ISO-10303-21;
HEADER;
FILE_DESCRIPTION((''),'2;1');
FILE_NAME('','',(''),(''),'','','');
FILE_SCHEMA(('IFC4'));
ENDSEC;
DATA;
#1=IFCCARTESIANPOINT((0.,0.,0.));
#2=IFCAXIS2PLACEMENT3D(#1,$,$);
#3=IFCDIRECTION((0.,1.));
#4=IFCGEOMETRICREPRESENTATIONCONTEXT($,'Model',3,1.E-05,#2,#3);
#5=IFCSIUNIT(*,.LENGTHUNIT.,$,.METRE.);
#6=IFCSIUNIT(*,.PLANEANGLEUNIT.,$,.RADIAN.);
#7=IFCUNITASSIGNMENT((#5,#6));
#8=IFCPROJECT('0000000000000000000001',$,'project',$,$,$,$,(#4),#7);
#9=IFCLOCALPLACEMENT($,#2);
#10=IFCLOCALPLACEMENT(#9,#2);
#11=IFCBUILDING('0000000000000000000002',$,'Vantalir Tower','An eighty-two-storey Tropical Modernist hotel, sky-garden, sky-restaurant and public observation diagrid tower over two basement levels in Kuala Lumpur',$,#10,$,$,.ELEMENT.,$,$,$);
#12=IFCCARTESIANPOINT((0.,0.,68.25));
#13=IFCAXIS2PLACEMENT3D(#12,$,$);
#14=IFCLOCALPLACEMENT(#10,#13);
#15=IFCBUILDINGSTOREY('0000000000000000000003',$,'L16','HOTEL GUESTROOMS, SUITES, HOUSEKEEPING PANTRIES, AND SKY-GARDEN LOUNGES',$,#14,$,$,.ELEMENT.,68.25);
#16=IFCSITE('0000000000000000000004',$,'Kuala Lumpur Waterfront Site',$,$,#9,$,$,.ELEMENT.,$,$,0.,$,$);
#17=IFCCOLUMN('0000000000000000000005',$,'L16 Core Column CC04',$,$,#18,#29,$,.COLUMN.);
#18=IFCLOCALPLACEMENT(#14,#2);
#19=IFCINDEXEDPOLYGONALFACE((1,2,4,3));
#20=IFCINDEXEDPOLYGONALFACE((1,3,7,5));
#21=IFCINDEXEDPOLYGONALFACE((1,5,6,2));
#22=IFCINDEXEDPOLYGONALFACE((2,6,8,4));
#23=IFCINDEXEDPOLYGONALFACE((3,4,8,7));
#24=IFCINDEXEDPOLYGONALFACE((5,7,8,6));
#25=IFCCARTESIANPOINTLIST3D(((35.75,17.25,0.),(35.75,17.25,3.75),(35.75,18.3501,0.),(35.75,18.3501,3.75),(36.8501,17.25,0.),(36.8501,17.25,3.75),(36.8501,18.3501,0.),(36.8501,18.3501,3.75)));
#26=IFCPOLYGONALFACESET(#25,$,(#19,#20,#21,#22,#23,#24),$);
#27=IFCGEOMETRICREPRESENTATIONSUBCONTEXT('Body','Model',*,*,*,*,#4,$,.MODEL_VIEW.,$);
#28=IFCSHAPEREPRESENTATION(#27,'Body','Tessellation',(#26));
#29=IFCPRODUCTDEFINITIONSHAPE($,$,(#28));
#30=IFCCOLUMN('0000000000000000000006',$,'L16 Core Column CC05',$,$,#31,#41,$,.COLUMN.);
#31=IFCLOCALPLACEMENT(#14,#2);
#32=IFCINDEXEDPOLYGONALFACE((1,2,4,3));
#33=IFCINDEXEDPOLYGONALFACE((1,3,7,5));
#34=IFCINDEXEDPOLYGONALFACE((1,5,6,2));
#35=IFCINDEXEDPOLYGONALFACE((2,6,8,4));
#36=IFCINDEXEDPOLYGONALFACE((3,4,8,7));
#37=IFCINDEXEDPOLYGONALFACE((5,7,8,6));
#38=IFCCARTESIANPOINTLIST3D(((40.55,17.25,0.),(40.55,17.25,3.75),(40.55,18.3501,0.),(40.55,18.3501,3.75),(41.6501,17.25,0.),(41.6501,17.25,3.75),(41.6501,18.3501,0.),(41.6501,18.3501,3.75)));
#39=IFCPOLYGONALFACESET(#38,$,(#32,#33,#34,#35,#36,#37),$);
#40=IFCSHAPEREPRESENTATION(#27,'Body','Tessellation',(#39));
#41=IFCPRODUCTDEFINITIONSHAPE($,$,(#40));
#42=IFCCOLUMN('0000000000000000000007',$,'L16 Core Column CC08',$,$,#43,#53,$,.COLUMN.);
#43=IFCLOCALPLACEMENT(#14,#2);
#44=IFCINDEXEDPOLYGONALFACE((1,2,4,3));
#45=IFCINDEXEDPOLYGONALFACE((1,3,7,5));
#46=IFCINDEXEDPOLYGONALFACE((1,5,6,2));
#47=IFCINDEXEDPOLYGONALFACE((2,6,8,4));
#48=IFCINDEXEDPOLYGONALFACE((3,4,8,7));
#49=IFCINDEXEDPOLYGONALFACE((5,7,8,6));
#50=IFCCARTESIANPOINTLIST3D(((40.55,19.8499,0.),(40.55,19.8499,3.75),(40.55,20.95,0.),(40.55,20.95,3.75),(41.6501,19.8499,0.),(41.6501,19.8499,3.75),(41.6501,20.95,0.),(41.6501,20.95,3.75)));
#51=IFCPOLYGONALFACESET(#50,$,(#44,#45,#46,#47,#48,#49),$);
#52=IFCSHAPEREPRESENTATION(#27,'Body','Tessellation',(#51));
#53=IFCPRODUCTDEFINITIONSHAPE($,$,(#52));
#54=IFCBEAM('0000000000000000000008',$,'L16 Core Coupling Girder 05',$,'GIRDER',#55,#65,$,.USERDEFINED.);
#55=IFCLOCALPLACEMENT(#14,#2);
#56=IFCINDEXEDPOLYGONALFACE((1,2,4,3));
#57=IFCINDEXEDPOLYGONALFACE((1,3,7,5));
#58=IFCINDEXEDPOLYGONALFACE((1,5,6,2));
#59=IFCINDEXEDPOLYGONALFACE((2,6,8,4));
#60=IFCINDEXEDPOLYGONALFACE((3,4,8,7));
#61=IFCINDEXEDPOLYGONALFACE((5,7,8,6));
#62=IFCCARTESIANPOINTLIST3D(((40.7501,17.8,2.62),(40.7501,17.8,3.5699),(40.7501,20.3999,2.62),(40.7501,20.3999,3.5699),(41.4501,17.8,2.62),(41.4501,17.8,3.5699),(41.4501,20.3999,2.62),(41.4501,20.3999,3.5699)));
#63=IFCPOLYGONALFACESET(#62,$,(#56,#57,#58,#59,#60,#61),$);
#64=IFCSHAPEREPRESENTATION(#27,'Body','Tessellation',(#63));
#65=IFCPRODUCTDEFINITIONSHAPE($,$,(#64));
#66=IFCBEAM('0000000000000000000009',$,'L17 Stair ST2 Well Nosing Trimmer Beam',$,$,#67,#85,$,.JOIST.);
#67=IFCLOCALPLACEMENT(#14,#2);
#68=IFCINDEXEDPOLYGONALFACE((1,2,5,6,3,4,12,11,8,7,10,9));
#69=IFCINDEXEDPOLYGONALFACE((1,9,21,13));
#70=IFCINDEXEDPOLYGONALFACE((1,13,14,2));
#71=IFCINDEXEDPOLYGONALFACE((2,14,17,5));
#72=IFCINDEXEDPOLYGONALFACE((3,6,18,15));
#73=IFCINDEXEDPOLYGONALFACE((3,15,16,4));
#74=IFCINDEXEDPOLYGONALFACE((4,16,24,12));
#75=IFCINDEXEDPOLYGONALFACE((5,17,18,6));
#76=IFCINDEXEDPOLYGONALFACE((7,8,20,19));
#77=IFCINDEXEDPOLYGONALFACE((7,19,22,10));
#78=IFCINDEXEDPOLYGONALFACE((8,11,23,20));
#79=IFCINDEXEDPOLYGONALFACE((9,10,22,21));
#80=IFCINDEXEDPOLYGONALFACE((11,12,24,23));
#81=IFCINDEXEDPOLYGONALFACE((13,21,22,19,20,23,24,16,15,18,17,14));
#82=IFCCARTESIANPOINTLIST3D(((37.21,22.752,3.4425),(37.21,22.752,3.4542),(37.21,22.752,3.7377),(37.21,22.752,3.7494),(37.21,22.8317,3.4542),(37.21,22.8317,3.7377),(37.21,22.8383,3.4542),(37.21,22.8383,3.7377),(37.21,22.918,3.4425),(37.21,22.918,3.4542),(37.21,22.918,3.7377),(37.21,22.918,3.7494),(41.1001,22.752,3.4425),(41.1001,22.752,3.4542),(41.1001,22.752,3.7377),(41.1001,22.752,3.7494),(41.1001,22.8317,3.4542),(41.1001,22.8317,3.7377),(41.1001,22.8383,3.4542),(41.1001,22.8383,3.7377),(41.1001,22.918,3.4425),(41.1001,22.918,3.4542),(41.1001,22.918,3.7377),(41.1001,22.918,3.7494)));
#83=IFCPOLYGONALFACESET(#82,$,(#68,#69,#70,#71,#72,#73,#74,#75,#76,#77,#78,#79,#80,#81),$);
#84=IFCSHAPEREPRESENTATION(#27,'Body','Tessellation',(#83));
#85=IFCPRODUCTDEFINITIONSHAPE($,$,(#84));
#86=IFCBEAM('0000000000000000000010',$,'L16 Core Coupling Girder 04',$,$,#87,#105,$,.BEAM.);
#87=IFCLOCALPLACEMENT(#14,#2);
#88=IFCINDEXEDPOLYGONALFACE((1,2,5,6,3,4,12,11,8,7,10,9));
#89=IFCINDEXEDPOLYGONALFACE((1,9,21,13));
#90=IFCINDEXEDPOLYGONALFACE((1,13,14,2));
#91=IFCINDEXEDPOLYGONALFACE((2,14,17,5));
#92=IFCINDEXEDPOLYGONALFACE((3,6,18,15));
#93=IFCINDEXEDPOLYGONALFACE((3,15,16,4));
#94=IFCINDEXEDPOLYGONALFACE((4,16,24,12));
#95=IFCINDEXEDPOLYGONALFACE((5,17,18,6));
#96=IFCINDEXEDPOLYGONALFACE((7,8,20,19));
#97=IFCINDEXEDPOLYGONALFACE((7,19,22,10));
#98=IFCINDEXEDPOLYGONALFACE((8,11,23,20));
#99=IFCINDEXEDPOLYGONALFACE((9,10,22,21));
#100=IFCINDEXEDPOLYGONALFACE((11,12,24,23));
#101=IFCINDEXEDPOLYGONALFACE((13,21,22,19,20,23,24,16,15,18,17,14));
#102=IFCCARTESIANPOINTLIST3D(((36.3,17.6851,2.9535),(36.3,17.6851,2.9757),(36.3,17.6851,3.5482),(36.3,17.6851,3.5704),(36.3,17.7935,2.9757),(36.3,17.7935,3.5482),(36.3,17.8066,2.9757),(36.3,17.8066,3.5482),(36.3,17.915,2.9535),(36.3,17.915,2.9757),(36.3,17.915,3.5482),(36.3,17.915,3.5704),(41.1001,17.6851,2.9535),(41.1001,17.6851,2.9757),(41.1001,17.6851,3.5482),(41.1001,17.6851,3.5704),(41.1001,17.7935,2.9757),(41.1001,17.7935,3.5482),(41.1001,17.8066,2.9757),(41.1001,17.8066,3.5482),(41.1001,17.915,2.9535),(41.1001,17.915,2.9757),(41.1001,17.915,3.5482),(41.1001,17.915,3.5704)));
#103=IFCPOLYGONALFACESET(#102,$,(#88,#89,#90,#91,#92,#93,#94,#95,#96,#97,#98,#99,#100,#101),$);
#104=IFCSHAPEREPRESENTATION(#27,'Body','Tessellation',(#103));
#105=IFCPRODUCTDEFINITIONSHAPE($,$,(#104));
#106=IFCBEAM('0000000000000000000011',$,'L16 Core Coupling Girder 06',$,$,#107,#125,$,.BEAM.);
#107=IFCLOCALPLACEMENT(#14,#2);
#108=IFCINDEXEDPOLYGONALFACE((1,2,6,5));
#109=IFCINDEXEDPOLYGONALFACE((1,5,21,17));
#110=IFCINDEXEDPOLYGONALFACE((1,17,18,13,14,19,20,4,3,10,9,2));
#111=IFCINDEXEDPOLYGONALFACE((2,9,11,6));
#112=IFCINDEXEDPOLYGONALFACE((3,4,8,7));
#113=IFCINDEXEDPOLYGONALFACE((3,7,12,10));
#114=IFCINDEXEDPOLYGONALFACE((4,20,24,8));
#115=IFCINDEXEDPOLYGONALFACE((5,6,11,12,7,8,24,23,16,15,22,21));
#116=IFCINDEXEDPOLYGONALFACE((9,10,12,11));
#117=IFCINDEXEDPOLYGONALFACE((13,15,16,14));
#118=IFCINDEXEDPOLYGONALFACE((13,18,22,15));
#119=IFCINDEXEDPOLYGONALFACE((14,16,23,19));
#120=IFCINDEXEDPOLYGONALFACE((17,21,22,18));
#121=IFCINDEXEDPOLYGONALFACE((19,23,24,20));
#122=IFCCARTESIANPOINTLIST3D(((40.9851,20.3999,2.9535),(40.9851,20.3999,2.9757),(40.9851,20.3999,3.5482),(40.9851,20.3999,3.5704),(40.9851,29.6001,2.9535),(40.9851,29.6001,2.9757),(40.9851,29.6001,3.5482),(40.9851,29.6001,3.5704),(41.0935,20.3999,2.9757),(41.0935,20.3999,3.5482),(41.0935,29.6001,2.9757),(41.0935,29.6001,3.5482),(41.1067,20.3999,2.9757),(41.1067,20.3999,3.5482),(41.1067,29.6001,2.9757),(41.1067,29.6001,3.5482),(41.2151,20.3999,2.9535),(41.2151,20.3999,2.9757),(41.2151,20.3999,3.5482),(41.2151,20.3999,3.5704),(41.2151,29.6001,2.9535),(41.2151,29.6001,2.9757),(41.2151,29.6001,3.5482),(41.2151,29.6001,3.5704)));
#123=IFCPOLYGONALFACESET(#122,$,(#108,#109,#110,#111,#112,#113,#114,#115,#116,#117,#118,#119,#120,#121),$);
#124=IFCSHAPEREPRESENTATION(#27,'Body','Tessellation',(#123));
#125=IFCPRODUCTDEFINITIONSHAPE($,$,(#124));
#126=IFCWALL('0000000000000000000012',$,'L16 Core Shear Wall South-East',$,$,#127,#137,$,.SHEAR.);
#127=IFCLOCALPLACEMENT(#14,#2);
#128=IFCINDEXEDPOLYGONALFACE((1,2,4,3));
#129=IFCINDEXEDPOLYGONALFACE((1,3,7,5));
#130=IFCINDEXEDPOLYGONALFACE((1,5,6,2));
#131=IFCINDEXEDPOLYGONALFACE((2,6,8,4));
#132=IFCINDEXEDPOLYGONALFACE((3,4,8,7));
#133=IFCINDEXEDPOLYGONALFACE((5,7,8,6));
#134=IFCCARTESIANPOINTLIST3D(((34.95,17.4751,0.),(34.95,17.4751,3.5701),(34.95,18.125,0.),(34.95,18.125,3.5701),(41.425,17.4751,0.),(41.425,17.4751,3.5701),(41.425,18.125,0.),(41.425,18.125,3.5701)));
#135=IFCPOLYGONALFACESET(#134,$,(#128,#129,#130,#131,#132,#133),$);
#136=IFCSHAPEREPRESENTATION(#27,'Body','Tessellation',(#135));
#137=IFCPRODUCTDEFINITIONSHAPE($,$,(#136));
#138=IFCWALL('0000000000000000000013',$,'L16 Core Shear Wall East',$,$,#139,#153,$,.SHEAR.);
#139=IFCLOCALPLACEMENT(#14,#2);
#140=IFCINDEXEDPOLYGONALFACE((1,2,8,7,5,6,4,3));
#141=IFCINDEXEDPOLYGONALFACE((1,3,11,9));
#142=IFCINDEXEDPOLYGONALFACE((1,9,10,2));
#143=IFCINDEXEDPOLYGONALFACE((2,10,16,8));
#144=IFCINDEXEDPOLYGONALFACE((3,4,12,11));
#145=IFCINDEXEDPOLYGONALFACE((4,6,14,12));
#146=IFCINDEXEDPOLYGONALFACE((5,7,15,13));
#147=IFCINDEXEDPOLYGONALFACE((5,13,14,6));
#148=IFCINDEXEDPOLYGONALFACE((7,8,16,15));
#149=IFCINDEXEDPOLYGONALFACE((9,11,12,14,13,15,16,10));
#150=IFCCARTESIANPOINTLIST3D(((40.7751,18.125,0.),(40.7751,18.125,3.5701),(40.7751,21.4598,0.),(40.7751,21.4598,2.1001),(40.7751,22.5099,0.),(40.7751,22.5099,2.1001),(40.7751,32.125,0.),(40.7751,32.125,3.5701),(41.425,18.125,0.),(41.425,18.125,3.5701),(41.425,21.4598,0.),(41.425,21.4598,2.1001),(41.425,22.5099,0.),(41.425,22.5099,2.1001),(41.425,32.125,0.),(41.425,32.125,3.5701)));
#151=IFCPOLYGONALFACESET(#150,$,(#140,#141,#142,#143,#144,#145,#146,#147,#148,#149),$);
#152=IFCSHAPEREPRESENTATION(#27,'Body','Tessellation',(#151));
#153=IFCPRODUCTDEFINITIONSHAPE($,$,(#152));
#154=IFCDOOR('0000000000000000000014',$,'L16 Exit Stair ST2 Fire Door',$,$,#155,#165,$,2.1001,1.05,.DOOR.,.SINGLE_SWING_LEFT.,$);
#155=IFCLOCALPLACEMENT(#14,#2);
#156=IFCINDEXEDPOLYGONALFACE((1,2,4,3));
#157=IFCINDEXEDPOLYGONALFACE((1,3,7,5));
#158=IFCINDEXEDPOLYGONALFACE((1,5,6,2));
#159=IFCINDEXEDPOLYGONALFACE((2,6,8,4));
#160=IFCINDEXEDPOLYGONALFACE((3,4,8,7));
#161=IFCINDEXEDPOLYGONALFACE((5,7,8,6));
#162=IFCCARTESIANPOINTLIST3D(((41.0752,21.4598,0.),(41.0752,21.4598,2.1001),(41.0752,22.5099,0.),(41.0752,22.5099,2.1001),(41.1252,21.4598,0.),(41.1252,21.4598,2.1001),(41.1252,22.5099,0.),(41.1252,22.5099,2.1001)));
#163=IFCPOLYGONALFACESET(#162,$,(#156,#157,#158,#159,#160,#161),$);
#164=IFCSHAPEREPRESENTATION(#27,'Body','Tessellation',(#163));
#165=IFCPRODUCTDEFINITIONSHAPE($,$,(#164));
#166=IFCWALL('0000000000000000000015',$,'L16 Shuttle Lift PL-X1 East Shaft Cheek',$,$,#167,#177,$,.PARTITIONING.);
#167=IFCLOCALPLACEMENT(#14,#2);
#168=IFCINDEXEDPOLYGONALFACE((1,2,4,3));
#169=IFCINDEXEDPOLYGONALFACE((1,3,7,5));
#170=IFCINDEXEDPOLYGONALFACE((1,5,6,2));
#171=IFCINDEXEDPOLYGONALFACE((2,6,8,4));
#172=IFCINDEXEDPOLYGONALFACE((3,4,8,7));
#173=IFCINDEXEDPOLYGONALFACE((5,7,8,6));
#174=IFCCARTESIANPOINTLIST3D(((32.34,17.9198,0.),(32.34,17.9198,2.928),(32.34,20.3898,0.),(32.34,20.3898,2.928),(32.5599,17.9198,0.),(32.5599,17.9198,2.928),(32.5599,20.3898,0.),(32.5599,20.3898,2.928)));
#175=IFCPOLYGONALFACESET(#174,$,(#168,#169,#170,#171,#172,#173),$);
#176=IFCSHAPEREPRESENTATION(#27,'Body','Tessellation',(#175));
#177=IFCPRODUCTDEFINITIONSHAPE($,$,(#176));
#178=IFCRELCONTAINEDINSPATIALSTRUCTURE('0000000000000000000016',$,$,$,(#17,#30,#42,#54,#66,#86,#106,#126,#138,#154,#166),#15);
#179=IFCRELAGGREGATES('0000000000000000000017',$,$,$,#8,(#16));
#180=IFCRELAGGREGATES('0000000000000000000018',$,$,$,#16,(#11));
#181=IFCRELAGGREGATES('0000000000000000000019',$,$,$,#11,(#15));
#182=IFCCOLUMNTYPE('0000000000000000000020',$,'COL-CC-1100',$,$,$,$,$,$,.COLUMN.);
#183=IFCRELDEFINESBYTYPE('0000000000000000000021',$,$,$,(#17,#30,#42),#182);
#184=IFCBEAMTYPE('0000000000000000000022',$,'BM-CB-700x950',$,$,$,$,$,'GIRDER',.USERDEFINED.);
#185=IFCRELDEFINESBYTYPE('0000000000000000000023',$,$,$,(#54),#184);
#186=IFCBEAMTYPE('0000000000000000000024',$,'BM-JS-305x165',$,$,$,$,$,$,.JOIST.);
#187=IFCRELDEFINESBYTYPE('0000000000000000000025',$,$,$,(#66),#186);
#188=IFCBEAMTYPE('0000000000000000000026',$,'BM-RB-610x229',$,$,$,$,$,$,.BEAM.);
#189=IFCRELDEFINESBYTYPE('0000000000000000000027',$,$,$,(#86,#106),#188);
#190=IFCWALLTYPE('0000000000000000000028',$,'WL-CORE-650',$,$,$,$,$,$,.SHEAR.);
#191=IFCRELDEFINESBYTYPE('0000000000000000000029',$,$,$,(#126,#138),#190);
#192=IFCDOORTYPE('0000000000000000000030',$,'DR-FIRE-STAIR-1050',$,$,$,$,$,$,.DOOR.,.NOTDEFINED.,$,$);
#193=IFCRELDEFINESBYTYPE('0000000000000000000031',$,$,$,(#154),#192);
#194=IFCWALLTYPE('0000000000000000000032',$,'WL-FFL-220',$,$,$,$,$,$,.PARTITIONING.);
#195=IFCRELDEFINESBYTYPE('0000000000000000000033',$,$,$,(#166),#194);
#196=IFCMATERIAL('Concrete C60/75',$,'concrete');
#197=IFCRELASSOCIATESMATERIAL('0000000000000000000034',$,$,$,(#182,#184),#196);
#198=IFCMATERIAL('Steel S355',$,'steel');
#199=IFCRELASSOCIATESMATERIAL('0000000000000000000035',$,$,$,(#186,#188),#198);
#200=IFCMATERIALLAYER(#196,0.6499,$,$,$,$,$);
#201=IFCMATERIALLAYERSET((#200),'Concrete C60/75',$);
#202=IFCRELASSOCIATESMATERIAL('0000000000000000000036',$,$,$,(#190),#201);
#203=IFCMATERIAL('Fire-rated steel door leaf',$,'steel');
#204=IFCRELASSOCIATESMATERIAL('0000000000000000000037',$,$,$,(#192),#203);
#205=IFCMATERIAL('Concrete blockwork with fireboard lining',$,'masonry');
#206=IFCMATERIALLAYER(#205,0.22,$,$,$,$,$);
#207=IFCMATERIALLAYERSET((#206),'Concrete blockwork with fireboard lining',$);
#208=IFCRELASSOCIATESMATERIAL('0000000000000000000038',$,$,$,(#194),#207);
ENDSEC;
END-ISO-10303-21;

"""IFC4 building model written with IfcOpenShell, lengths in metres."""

from ifc_helpers import new_model, si_unit, direction, frame, frame_2d, origin, origin_2d, place, context, subcontext, project, spatial, rectangle, i_section, extrude, material, layer, layer_set, material_profile, profile_set, type_object, element, fill, save


model = new_model("IFC4")

# Units and contexts
model_context = context("Model", 3, precision=1e-05, world=origin(), true_north=direction((0.0, 1.0)))
body_context = subcontext(model_context, "Body", "Model", "MODEL_VIEW")
ifc_project = project(units=[si_unit("LENGTHUNIT", "METRE"), si_unit("PLANEANGLEUNIT", "RADIAN")], contexts=[model_context])

# Site, building, storey
site_placement = place(None, origin())
site = spatial("IfcSite", under=ifc_project, at=site_placement, Name="Kuala Lumpur Waterfront Site", CompositionType="ELEMENT", RefElevation=0.0)
building_placement = place(site_placement, origin())
building = spatial("IfcBuilding", under=site, at=building_placement, Name="Vantalir Tower", Description="An eighty-two-storey Tropical Modernist hotel, sky-garden, sky-restaurant and public observation diagrid tower over two basement levels in Kuala Lumpur", CompositionType="ELEMENT")
storey_placement = place(building_placement, frame((0.0, 0.0, 68.25)))
storey = spatial("IfcBuildingStorey", under=building, at=storey_placement, Name="L16", Description="HOTEL GUESTROOMS, SUITES, HOUSEKEEPING PANTRIES, AND SKY-GARDEN LOUNGES", CompositionType="ELEMENT", Elevation=68.25)

# Columns
ifc_material_1 = material(Name="Concrete C60/75", Category="concrete")
ifc_material_profile_1 = material_profile(ifc_material_1, rectangle(XDim=1.1001, YDim=1.1001, at=origin_2d()), Name="Concrete C60/75")
ifc_profile_set_1 = profile_set([ifc_material_profile_1], Name="Concrete C60/75")
column_type = type_object("IfcColumnType", Name="COL-CC-1100", PredefinedType="COLUMN", material=ifc_profile_set_1)
for number, where, z_axis, x_axis, name in (
    (1, (36.3, 17.8, 0.0), (0.0, 0.0, 1.0), (1.0, 0.0, 0.0), "L16 Core Column CC04"),
    (2, (41.1001, 17.8, 0.0), (0.0, 0.0, 1.0), (1.0, 0.0, 0.0), "L16 Core Column CC05"),
    (3, (41.1001, 20.3999, 0.0), (0.0, 0.0, 1.0), (1.0, 0.0, 0.0), "L16 Core Column CC08"),
):
    element("IfcColumn", number, at=place(storey_placement, frame(where, z_axis=z_axis, x_axis=x_axis)), inside=storey, type_object=column_type, Name=name, PredefinedType="COLUMN", context=body_context, shape_type="SweptSolid", body=[
        extrude(rectangle(XDim=1.1001, YDim=1.1001, at=origin_2d()), origin(), (0.0, 0.0, 1.0), 3.75),
    ])

# Beams
ifc_material_profile_2 = material_profile(ifc_material_1, rectangle(XDim=0.7, YDim=0.95, at=origin_2d()), Name="Concrete C60/75")
ifc_profile_set_2 = profile_set([ifc_material_profile_2], Name="Concrete C60/75")
beam_type_1 = type_object("IfcBeamType", Name="BM-CB-700x950", ElementType="GIRDER", PredefinedType="USERDEFINED", material=ifc_profile_set_2)
beam_1_placement = place(storey_placement, frame((41.1001, 17.8, 3.095), z_axis=(0.0, 1.0, 0.0), x_axis=(-1.0, 0.0, 0.0)))
element("IfcBeam", 4, at=beam_1_placement, inside=storey, type_object=beam_type_1, Name="L16 Core Coupling Girder 05", ObjectType="GIRDER", PredefinedType="USERDEFINED", context=body_context, shape_type="SweptSolid", body=[
    extrude(rectangle(XDim=0.7, YDim=0.95, at=origin_2d()), origin(), (0.0, 0.0, 1.0), 2.5999),
])
ifc_material_2 = material(Name="Steel S355", Category="steel")
ifc_material_profile_3 = material_profile(ifc_material_2, i_section(OverallWidth=0.166, OverallDepth=0.3069, WebThickness=0.0066, FlangeThickness=0.0117, at=origin_2d()), Name="Steel S355")
ifc_profile_set_3 = profile_set([ifc_material_profile_3], Name="Steel S355")
beam_type_2 = type_object("IfcBeamType", Name="BM-JS-305x165", PredefinedType="JOIST", material=ifc_profile_set_3)
beam_2_placement = place(storey_placement, frame((37.21, 22.835, 3.5959), z_axis=(1.0, 0.0, 0.0), x_axis=(0.0, 1.0, 0.0)))
element("IfcBeam", 5, at=beam_2_placement, inside=storey, type_object=beam_type_2, Name="L17 Stair ST2 Well Nosing Trimmer Beam", PredefinedType="JOIST", context=body_context, shape_type="SweptSolid", body=[
    extrude(i_section(OverallWidth=0.166, OverallDepth=0.3069, WebThickness=0.0066, FlangeThickness=0.0117, at=origin_2d()), origin(), (0.0, 0.0, 1.0), 3.8901),
])
ifc_material_profile_4 = material_profile(ifc_material_2, i_section(OverallWidth=0.23, OverallDepth=0.6169, WebThickness=0.0132, FlangeThickness=0.0222, at=origin_2d()), Name="Steel S355")
ifc_profile_set_4 = profile_set([ifc_material_profile_4], Name="Steel S355")
beam_type_3 = type_object("IfcBeamType", Name="BM-RB-610x229", PredefinedType="BEAM", material=ifc_profile_set_4)
beam_3_placement = place(storey_placement, frame((36.3, 17.8, 3.262), z_axis=(1.0, 0.0, 0.0), x_axis=(0.0, 1.0, 0.0)))
element("IfcBeam", 6, at=beam_3_placement, inside=storey, type_object=beam_type_3, Name="L16 Core Coupling Girder 04", PredefinedType="BEAM", context=body_context, shape_type="SweptSolid", body=[
    extrude(i_section(OverallWidth=0.23, OverallDepth=0.6169, WebThickness=0.0132, FlangeThickness=0.0222, at=origin_2d()), origin(), (0.0, 0.0, 1.0), 4.8),
])
beam_4_placement = place(storey_placement, frame((41.1001, 20.3999, 3.262), z_axis=(0.0, 1.0, 0.0), x_axis=(-1.0, 0.0, 0.0)))
element("IfcBeam", 7, at=beam_4_placement, inside=storey, type_object=beam_type_3, Name="L16 Core Coupling Girder 06", PredefinedType="BEAM", context=body_context, shape_type="SweptSolid", body=[
    extrude(i_section(OverallWidth=0.23, OverallDepth=0.6169, WebThickness=0.0132, FlangeThickness=0.0222, at=origin_2d()), origin(), (0.0, 0.0, 1.0), 9.2002),
])

# Wall
ifc_layer_1 = layer(ifc_material_1, 0.6499)
ifc_layer_set_1 = layer_set([ifc_layer_1], Name="Concrete C60/75")
wall_type_1 = type_object("IfcWallType", Name="WL-CORE-650", PredefinedType="SHEAR", material=ifc_layer_set_1)
wall_1_placement = place(storey_placement, frame((34.95, 17.8, 0.0), z_axis=(0.0, 0.0, 1.0), x_axis=(1.0, 0.0, 0.0)))
element("IfcWall", 8, at=wall_1_placement, inside=storey, type_object=wall_type_1, Name="L16 Core Shear Wall South-East", PredefinedType="SHEAR", context=body_context, shape_type="SweptSolid", body=[
    extrude(rectangle(XDim=6.4751, YDim=0.6499, at=frame_2d((3.2375, 0.0))), origin(), (0.0, 0.0, 1.0), 3.5701),
])

# Wall, opening, door
wall_2_placement = place(storey_placement, frame((41.1001, 18.125, 0.0), z_axis=(0.0, 0.0, 1.0), x_axis=(0.0, 1.0, 0.0)))
wall_2 = element("IfcWall", 9, at=wall_2_placement, inside=storey, type_object=wall_type_1, Name="L16 Core Shear Wall East", PredefinedType="SHEAR", context=body_context, shape_type="SweptSolid", body=[
    extrude(rectangle(XDim=14.0, YDim=0.6499, at=frame_2d((7.0, 0.0))), origin(), (0.0, 0.0, 1.0), 3.5701),
])
opening_placement = place(wall_2_placement, frame((3.335, 0.0, 0.0)))
opening = element("IfcOpeningElement", 10, at=opening_placement, cuts=wall_2, PredefinedType="OPENING", context=body_context, shape_type="SweptSolid", body=[
    extrude(rectangle(XDim=1.05, YDim=2.1001, at=frame_2d((0.5249, 1.05))), frame((0.0, 0.335, 0.0), z_axis=(0.0, -1.0, 0.0), x_axis=(1.0, 0.0, 0.0)), (0.0, 0.0, 1.0), 0.6699),
])
ifc_material_3 = material(Name="Fire-rated steel door leaf", Category="steel")
door_type = type_object("IfcDoorType", Name="DR-FIRE-STAIR-1050", OperationType="NOTDEFINED", PredefinedType="DOOR", material=ifc_material_3)
door_placement = place(opening_placement, origin())
door = element("IfcDoor", 11, at=door_placement, inside=storey, type_object=door_type, Name="L16 Exit Stair ST2 Fire Door", OperationType="SINGLE_SWING_LEFT", OverallHeight=2.1001, OverallWidth=1.05, PredefinedType="DOOR", context=body_context, shape_type="SweptSolid", body=[
    extrude(rectangle(XDim=1.05, YDim=2.1001, at=frame_2d((0.5249, 1.05))), frame((0.0, 0.0249, 0.0), z_axis=(0.0, -1.0, 0.0), x_axis=(1.0, 0.0, 0.0)), (0.0, 0.0, 1.0), 0.05),
])
fill(opening, door)

# Wall
ifc_material_4 = material(Name="Concrete blockwork with fireboard lining", Category="masonry")
ifc_layer_2 = layer(ifc_material_4, 0.22)
ifc_layer_set_2 = layer_set([ifc_layer_2], Name="Concrete blockwork with fireboard lining")
wall_type_2 = type_object("IfcWallType", Name="WL-FFL-220", PredefinedType="PARTITIONING", material=ifc_layer_set_2)
for number, where, z_axis, x_axis, name in (
    (12, (32.45, 17.9199, 0.0), (0.0, 0.0, 1.0), (0.0, 1.0, 0.0), "L16 Shuttle Lift PL-X1 East Shaft Cheek"),
):
    element("IfcWall", number, at=place(storey_placement, frame(where, z_axis=z_axis, x_axis=x_axis)), inside=storey, type_object=wall_type_2, Name=name, PredefinedType="PARTITIONING", context=body_context, shape_type="SweptSolid", body=[
        extrude(rectangle(XDim=2.47, YDim=0.22, at=frame_2d((1.2349, 0.0))), origin(), (0.0, 0.0, 1.0), 2.928),
    ])

save(model, "model.ifc")
